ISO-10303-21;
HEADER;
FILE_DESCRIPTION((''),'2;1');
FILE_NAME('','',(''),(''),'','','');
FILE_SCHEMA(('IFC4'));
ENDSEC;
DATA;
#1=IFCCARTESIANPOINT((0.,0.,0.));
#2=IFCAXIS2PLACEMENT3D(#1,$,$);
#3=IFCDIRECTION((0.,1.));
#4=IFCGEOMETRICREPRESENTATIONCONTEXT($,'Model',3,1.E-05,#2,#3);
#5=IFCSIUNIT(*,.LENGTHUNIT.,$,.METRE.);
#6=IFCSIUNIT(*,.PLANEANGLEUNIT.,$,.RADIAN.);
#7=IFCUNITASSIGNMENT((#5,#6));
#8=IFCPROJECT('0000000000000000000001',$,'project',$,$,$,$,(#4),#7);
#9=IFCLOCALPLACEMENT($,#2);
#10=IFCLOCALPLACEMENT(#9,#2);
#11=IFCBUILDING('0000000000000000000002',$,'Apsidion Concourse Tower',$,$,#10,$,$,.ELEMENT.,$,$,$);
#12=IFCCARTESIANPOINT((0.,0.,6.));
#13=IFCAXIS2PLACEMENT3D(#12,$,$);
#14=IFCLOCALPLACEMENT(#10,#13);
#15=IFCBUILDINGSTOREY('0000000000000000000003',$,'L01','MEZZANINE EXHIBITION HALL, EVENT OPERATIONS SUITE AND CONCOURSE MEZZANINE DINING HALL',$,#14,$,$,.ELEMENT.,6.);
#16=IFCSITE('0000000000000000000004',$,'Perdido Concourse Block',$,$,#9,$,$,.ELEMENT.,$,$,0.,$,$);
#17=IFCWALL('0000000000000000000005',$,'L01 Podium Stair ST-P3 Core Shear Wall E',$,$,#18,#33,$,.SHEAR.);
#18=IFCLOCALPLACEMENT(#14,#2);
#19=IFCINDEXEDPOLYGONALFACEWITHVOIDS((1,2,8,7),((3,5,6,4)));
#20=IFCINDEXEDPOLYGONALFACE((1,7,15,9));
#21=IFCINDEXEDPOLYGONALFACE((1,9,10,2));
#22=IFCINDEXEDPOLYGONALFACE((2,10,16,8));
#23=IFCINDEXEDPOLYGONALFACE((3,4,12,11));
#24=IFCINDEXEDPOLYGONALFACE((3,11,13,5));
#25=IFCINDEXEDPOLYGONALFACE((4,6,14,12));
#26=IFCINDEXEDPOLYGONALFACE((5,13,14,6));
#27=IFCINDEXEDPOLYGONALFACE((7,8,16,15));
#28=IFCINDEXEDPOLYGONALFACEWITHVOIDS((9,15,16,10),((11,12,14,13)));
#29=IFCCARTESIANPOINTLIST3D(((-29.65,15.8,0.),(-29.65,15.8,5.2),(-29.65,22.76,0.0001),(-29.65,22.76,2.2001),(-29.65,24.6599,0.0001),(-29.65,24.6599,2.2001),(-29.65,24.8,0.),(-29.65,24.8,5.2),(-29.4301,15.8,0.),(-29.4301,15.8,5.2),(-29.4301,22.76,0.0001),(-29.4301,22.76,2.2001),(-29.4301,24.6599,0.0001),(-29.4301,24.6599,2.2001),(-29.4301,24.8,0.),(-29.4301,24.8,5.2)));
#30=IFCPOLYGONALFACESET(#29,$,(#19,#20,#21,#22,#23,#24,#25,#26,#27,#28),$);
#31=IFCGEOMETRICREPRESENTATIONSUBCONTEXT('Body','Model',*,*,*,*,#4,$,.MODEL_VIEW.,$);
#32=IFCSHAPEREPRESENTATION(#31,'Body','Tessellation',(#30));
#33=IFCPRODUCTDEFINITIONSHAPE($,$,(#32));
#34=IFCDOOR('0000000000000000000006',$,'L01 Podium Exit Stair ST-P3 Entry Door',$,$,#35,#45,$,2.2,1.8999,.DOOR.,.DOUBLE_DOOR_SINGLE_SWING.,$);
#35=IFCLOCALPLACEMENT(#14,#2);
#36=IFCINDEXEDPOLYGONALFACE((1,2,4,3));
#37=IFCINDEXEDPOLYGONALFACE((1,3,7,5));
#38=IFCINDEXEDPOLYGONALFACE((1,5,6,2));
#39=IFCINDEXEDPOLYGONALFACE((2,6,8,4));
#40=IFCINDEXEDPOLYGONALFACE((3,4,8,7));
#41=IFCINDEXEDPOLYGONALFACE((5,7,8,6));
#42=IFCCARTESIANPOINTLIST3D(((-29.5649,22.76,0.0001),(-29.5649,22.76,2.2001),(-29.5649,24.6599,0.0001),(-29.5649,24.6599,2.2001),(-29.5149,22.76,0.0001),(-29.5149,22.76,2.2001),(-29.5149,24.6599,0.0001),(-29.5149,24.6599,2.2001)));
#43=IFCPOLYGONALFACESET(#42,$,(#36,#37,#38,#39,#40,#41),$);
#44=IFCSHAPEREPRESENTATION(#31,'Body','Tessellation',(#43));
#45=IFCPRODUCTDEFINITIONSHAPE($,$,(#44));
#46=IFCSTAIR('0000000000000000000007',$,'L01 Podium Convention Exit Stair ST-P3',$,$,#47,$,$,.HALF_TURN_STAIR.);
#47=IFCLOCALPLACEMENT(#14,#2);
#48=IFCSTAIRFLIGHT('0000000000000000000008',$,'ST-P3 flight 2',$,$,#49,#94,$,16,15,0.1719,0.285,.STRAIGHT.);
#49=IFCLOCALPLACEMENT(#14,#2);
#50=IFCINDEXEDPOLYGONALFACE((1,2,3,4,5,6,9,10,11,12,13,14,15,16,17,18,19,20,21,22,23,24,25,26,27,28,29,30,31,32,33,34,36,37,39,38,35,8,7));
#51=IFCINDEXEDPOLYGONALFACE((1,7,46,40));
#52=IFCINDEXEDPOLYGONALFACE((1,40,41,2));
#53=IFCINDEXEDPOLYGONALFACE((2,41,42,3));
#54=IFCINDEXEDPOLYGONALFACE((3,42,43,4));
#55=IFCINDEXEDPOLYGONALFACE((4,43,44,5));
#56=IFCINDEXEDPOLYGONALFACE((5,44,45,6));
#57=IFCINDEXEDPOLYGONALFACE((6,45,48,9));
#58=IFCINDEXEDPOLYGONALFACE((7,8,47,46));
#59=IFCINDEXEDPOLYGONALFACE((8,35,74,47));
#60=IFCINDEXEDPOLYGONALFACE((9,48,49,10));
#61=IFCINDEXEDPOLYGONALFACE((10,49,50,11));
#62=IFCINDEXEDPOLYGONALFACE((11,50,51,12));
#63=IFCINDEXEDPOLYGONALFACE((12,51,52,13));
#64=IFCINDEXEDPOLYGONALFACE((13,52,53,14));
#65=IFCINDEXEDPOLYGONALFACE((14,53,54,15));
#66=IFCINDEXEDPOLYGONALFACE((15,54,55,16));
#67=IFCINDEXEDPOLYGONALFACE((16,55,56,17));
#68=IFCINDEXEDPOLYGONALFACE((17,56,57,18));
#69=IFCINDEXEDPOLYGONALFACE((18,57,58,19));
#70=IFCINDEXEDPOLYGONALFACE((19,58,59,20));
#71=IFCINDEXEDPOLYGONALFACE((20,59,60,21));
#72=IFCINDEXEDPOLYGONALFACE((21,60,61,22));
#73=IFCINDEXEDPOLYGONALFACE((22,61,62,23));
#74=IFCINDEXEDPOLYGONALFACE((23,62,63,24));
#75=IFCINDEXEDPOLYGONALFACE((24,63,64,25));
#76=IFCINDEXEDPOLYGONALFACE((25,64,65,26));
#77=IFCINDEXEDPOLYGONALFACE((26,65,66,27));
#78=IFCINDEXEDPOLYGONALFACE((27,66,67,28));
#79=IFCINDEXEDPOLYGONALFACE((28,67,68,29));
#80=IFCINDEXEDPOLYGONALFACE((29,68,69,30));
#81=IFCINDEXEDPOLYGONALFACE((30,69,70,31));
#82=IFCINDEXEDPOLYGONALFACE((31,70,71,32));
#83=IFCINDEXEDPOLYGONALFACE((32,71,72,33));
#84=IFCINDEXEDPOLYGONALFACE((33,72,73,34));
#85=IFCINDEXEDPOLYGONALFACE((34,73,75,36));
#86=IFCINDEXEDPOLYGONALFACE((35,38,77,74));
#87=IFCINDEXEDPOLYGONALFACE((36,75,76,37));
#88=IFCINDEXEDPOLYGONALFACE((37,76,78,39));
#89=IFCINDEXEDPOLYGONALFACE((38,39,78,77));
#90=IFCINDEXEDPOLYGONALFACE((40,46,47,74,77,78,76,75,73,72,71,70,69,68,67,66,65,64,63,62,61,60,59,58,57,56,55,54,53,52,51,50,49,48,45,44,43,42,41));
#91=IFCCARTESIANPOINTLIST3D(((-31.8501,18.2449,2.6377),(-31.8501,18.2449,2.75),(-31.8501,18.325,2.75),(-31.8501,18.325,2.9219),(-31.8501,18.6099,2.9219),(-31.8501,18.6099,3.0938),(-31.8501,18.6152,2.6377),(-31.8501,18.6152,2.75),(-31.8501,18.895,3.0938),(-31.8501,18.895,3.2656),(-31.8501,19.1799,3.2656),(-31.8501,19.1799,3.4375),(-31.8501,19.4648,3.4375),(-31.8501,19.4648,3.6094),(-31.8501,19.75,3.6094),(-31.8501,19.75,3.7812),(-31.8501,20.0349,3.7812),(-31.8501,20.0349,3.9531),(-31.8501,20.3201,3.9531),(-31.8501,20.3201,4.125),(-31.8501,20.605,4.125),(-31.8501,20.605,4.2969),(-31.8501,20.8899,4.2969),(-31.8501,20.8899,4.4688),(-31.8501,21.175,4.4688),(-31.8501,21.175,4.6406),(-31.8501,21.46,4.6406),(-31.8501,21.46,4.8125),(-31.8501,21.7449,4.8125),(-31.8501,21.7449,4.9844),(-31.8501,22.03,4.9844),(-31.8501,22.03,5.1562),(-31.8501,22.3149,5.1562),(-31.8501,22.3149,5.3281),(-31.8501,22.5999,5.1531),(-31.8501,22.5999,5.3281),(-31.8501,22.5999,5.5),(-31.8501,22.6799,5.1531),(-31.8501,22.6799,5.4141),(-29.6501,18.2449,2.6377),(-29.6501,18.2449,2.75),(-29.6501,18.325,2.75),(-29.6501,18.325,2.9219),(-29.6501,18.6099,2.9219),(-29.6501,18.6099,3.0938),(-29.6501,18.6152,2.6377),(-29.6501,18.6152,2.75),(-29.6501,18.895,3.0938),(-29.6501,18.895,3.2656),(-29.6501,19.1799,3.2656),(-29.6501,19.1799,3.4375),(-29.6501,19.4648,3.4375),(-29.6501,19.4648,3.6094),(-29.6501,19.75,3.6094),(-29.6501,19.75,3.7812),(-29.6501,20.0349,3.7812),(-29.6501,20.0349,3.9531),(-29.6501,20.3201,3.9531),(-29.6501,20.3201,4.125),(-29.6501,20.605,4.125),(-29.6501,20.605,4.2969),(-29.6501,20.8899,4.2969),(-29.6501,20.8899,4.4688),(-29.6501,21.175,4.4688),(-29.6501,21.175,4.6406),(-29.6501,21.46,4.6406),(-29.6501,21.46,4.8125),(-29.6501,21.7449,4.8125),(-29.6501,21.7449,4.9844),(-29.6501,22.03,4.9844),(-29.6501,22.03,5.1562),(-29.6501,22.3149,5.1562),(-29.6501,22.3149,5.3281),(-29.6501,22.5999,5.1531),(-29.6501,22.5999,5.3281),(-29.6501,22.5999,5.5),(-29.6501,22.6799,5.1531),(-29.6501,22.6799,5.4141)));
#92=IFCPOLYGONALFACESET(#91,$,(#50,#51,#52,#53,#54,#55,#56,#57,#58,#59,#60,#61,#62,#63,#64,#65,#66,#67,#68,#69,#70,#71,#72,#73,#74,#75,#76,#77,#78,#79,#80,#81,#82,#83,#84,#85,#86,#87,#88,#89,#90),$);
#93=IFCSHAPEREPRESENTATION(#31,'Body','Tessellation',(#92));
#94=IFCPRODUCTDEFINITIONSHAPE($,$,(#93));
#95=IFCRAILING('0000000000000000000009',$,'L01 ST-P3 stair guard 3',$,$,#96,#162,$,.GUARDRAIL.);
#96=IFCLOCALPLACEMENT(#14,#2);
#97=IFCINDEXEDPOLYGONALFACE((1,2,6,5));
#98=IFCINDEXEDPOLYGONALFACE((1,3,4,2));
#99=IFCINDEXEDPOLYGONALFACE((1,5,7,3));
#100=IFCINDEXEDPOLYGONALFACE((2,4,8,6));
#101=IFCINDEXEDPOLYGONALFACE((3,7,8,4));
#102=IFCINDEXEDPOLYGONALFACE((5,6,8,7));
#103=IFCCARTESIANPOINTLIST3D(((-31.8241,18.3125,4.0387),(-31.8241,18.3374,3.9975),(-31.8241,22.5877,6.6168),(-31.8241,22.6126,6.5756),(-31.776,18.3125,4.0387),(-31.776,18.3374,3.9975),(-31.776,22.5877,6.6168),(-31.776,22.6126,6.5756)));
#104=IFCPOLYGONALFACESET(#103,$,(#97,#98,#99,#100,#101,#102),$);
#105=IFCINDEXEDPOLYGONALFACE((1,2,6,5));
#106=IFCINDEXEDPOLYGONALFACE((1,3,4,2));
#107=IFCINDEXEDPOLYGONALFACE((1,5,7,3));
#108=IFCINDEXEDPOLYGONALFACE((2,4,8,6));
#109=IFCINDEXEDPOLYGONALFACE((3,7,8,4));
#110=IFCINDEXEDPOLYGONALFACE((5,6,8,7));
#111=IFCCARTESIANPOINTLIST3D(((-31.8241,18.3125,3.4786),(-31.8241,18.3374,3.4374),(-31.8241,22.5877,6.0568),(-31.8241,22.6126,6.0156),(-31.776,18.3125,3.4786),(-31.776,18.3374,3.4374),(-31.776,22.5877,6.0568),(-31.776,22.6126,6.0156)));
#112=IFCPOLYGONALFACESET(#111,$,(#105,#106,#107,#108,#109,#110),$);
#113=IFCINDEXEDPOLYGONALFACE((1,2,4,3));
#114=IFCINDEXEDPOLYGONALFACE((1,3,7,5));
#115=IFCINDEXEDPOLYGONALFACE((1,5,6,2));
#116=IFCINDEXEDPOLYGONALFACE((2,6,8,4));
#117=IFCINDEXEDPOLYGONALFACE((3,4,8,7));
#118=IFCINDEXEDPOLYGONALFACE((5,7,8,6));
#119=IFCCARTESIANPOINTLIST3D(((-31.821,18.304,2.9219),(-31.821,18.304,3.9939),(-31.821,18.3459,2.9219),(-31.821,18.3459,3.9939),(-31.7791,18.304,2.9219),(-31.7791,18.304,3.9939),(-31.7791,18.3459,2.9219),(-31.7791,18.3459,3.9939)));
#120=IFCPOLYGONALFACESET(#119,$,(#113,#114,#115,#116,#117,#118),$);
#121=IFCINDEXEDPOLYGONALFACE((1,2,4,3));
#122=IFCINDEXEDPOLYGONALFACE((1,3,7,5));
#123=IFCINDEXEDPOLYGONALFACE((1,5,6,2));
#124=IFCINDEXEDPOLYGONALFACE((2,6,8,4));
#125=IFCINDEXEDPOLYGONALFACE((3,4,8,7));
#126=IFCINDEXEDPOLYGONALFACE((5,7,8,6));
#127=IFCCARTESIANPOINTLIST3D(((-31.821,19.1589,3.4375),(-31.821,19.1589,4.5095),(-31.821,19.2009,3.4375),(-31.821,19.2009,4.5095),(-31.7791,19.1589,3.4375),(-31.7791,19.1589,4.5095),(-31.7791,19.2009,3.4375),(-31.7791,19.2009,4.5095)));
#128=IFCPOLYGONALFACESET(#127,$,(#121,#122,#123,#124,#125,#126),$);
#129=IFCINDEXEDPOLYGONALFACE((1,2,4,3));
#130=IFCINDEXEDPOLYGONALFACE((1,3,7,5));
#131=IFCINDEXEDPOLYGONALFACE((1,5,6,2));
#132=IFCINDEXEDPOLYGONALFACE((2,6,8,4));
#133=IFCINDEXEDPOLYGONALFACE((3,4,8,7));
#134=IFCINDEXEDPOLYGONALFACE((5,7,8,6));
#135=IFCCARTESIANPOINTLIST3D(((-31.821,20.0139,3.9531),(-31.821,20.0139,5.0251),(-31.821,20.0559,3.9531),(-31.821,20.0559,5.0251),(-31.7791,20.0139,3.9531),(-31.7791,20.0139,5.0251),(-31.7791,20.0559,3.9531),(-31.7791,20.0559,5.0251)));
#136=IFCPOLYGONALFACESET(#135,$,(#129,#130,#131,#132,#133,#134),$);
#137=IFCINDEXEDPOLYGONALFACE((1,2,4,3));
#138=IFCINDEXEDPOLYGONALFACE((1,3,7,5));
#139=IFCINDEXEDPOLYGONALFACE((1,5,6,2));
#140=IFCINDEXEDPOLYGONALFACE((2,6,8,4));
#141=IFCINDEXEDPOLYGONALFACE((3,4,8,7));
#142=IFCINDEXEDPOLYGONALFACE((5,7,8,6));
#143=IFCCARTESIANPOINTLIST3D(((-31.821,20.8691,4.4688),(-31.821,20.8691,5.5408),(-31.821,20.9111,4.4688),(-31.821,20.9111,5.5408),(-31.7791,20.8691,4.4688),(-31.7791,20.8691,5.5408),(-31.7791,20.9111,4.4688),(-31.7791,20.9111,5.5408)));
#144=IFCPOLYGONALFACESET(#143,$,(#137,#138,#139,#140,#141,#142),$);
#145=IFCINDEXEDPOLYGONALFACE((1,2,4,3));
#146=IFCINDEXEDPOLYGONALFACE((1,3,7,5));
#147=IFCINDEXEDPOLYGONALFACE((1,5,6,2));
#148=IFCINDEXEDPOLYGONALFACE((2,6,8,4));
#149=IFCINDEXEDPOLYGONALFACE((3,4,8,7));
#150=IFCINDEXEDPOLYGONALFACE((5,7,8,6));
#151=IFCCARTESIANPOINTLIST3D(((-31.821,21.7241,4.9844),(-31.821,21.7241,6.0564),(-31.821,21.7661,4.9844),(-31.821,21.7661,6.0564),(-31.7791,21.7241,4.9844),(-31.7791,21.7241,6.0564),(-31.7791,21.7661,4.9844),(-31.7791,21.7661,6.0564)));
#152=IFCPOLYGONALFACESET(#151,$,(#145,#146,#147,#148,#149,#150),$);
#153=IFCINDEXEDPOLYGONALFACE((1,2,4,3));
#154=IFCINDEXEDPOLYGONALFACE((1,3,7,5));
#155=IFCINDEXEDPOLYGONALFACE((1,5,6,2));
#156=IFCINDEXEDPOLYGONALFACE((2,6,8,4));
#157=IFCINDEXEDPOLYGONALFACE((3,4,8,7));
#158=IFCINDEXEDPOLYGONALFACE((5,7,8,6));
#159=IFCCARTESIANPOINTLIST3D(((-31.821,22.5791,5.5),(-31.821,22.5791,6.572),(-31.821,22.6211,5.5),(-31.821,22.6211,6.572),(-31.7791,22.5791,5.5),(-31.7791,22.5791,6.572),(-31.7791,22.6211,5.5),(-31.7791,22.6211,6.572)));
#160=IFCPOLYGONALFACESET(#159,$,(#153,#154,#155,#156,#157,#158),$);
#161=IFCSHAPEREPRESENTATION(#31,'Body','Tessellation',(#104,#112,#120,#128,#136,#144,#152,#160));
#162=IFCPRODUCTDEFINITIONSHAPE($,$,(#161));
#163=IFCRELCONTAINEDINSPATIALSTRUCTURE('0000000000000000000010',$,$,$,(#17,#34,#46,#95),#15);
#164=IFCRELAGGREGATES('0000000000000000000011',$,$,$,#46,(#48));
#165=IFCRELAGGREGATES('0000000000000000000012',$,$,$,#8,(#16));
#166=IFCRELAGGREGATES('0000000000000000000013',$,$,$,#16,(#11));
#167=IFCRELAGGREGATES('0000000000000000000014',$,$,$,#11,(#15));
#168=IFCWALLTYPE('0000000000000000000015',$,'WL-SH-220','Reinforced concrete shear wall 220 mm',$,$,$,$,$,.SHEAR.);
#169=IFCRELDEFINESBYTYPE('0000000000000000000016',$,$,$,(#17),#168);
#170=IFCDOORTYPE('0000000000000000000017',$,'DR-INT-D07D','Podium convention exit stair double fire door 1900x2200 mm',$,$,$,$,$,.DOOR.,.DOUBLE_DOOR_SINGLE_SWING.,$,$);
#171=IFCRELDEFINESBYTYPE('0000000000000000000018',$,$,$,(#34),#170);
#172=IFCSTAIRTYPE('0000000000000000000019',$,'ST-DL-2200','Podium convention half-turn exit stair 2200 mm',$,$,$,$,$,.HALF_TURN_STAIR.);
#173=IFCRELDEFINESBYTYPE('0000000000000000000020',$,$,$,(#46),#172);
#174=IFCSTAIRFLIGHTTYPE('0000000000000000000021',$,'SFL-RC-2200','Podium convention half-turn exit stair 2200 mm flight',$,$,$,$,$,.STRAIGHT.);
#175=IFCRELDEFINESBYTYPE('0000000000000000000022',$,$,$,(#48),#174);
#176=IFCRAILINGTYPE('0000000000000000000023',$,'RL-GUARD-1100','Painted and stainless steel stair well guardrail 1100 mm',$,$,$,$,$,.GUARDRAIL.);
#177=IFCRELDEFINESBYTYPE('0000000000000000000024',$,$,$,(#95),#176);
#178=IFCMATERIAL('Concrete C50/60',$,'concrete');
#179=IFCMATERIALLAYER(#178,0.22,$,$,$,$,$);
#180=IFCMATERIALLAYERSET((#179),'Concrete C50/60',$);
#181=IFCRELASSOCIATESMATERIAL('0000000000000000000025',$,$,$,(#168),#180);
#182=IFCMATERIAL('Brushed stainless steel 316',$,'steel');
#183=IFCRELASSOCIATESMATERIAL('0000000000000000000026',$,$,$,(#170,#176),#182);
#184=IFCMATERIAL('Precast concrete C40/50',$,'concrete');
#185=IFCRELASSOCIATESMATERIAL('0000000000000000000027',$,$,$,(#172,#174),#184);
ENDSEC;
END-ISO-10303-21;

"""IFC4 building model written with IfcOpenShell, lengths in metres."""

from ifc_helpers import new_model, si_unit, direction, frame, frame_2d, origin, origin_2d, place, context, subcontext, project, spatial, polyline, rectangle, outline, extrude, material, layer, layer_set, type_object, element, fill, aggregate, save


model = new_model("IFC4")

# Units and contexts
model_context = context("Model", 3, precision=1e-05, world=origin(), true_north=direction((0.0, 1.0)))
body_context = subcontext(model_context, "Body", "Model", "MODEL_VIEW")
ifc_project = project(units=[si_unit("LENGTHUNIT", "METRE"), si_unit("PLANEANGLEUNIT", "RADIAN")], contexts=[model_context])

# Site, building, storey
site_placement = place(None, origin())
site = spatial("IfcSite", under=ifc_project, at=site_placement, Name="Perdido Concourse Block", CompositionType="ELEMENT", RefElevation=0.0)
building_placement = place(site_placement, origin())
building = spatial("IfcBuilding", under=site, at=building_placement, Name="Apsidion Concourse Tower", CompositionType="ELEMENT")
storey_placement = place(building_placement, frame((0.0, 0.0, 6.0)))
storey = spatial("IfcBuildingStorey", under=building, at=storey_placement, Name="L01", Description="MEZZANINE EXHIBITION HALL, EVENT OPERATIONS SUITE AND CONCOURSE MEZZANINE DINING HALL", CompositionType="ELEMENT", Elevation=6.0)

# Wall, opening, door
ifc_material_1 = material(Name="Brushed stainless steel 316", Category="steel")
ifc_material_2 = material(Name="Concrete C50/60", Category="concrete")
ifc_layer_1 = layer(ifc_material_2, 0.22)
ifc_layer_set_1 = layer_set([ifc_layer_1], Name="Concrete C50/60")
wall_type_1 = type_object("IfcWallType", Name="WL-SH-220", Description="Reinforced concrete shear wall 220 mm", PredefinedType="SHEAR", material=ifc_layer_set_1)
wall_1_placement = place(storey_placement, frame((-29.54, 15.8, 0.0), z_axis=(0.0, 0.0, 1.0), x_axis=(0.0, 1.0, 0.0)))
wall_1 = element("IfcWall", 1, at=wall_1_placement, inside=storey, type_object=wall_type_1, Name="L01 Podium Stair ST-P3 Core Shear Wall E", PredefinedType="SHEAR", context=body_context, shape_type="SweptSolid", body=[
    extrude(rectangle(XDim=9.0, YDim=0.22, at=frame_2d((4.5, 0.0))), origin(), (0.0, 0.0, 1.0), 5.2),
])
opening_1_placement = place(wall_1_placement, frame((6.96, 0.0, 0.0)))
opening_1 = element("IfcOpeningElement", 2, at=opening_1_placement, cuts=wall_1, PredefinedType="OPENING", context=body_context, shape_type="SweptSolid", body=[
    extrude(rectangle(XDim=1.8999, YDim=2.2, at=frame_2d((0.95, 1.1001))), frame((0.0, 0.1201, 0.0), z_axis=(0.0, -1.0, 0.0), x_axis=(1.0, 0.0, 0.0)), (0.0, 0.0, 1.0), 0.24),
])
door_type_1 = type_object("IfcDoorType", Name="DR-INT-D07D", Description="Podium convention exit stair double fire door 1900x2200 mm", OperationType="DOUBLE_DOOR_SINGLE_SWING", PredefinedType="DOOR", material=ifc_material_1)
door_1_placement = place(opening_1_placement, origin())
door_1 = element("IfcDoor", 3, at=door_1_placement, inside=storey, type_object=door_type_1, Name="L01 Podium Exit Stair ST-P3 Entry Door", OperationType="DOUBLE_DOOR_SINGLE_SWING", OverallHeight=2.2, OverallWidth=1.8999, PredefinedType="DOOR", context=body_context, shape_type="SweptSolid", body=[
    extrude(rectangle(XDim=1.8999, YDim=2.2, at=frame_2d((0.95, 1.1001))), frame((0.0, 0.0249, 0.0), z_axis=(0.0, -1.0, 0.0), x_axis=(1.0, 0.0, 0.0)), (0.0, 0.0, 1.0), 0.05),
])
fill(opening_1, door_1)

# Stair, stair flight
ifc_material_3 = material(Name="Precast concrete C40/50", Category="concrete")
stair_type = type_object("IfcStairType", Name="ST-DL-2200", Description="Podium convention half-turn exit stair 2200 mm", PredefinedType="HALF_TURN_STAIR", material=ifc_material_3)
stair_placement = place(storey_placement, origin())
stair = element("IfcStair", 4, at=stair_placement, inside=storey, type_object=stair_type, Name="L01 Podium Convention Exit Stair ST-P3", PredefinedType="HALF_TURN_STAIR")
stair_flight_type = type_object("IfcStairFlightType", Name="SFL-RC-2200", Description="Podium convention half-turn exit stair 2200 mm flight", PredefinedType="STRAIGHT", material=ifc_material_3)
stair_flight_placement = place(storey_placement, frame((-30.75, 18.325, 2.75), z_axis=(0.0, 0.0, 1.0), x_axis=(0.0, 1.0, 0.0)))
stair_flight = element("IfcStairFlight", 5, at=stair_flight_placement, type_object=stair_flight_type, Name="ST-P3 flight 2", NumberOfRisers=16, NumberOfTreads=15, PredefinedType="STRAIGHT", RiserHeight=0.1719, TreadLength=0.285, context=body_context, shape_type="SweptSolid", body=[
    extrude(outline(polyline([(-0.0801, -0.1123), (-0.0801, 0.0), (0.0, 0.0), (0.0, 0.1719), (0.2849, 0.1719), (0.2849, 0.3438), (0.5701, 0.3438), (0.5701, 0.5156), (0.855, 0.5156), (0.855, 0.6875), (1.1399, 0.6875), (1.1399, 0.8594), (1.425, 0.8594), (1.425, 1.0312), (1.71, 1.0312), (1.71, 1.2031), (1.9951, 1.2031), (1.9951, 1.375), (2.28, 1.375), (2.28, 1.5469), (2.5649, 1.5469), (2.5649, 1.7188), (2.8501, 1.7188), (2.8501, 1.8906), (3.135, 1.8906), (3.135, 2.0625), (3.4199, 2.0625), (3.4199, 2.2344), (3.7051, 2.2344), (3.7051, 2.4062), (3.99, 2.4062), (3.99, 2.5781), (4.2749, 2.5781), (4.2749, 2.75), (4.355, 2.6641), (4.355, 2.4031), (4.2749, 2.4031), (0.2903, 0.0), (0.2903, -0.1123), (-0.0801, -0.1123)])), frame((0.0, 1.1001, 0.0), z_axis=(0.0, -1.0, 0.0), x_axis=(1.0, 0.0, 0.0)), (0.0, 0.0, 1.0), 2.2),
])
aggregate(stair, [stair_flight])

# Railing
railing_type_1 = type_object("IfcRailingType", Name="RL-GUARD-1100", Description="Painted and stainless steel stair well guardrail 1100 mm", PredefinedType="GUARDRAIL", material=ifc_material_1)
railing_1_placement = place(storey_placement, frame((-31.8, 18.325, 2.9219)))
element("IfcRailing", 6, at=railing_1_placement, inside=storey, type_object=railing_type_1, Name="L01 ST-P3 stair guard 3", PredefinedType="GUARDRAIL", context=body_context, shape_type="SweptSolid", body=[
    extrude(rectangle(XDim=0.0481, YDim=0.0481, at=origin_2d()), frame((0.0, 0.0, 1.0962), z_axis=(0.0, 0.856339, 0.516415), x_axis=(-1.0, 0.0, 0.0)), (0.0, 0.0, 1.0), 4.9924),
    extrude(rectangle(XDim=0.0481, YDim=0.0481, at=origin_2d()), frame((0.0, 0.0, 0.5361), z_axis=(0.0, 0.856339, 0.516415), x_axis=(-1.0, 0.0, 0.0)), (0.0, 0.0, 1.0), 4.9924),
    extrude(rectangle(XDim=0.042, YDim=0.042, at=origin_2d()), origin(), (0.0, 0.0, 1.0), 1.072),
    extrude(rectangle(XDim=0.042, YDim=0.042, at=origin_2d()), frame((0.0, 0.855, 0.5156)), (0.0, 0.0, 1.0), 1.072),
    extrude(rectangle(XDim=0.042, YDim=0.042, at=origin_2d()), frame((0.0, 1.71, 1.0312)), (0.0, 0.0, 1.0), 1.072),
    extrude(rectangle(XDim=0.042, YDim=0.042, at=origin_2d()), frame((0.0, 2.5652, 1.5469)), (0.0, 0.0, 1.0), 1.072),
    extrude(rectangle(XDim=0.042, YDim=0.042, at=origin_2d()), frame((0.0, 3.4202, 2.0625)), (0.0, 0.0, 1.0), 1.072),
    extrude(rectangle(XDim=0.042, YDim=0.042, at=origin_2d()), frame((0.0, 4.2751, 2.5781)), (0.0, 0.0, 1.0), 1.072),
])

save(model, "model.ifc")
